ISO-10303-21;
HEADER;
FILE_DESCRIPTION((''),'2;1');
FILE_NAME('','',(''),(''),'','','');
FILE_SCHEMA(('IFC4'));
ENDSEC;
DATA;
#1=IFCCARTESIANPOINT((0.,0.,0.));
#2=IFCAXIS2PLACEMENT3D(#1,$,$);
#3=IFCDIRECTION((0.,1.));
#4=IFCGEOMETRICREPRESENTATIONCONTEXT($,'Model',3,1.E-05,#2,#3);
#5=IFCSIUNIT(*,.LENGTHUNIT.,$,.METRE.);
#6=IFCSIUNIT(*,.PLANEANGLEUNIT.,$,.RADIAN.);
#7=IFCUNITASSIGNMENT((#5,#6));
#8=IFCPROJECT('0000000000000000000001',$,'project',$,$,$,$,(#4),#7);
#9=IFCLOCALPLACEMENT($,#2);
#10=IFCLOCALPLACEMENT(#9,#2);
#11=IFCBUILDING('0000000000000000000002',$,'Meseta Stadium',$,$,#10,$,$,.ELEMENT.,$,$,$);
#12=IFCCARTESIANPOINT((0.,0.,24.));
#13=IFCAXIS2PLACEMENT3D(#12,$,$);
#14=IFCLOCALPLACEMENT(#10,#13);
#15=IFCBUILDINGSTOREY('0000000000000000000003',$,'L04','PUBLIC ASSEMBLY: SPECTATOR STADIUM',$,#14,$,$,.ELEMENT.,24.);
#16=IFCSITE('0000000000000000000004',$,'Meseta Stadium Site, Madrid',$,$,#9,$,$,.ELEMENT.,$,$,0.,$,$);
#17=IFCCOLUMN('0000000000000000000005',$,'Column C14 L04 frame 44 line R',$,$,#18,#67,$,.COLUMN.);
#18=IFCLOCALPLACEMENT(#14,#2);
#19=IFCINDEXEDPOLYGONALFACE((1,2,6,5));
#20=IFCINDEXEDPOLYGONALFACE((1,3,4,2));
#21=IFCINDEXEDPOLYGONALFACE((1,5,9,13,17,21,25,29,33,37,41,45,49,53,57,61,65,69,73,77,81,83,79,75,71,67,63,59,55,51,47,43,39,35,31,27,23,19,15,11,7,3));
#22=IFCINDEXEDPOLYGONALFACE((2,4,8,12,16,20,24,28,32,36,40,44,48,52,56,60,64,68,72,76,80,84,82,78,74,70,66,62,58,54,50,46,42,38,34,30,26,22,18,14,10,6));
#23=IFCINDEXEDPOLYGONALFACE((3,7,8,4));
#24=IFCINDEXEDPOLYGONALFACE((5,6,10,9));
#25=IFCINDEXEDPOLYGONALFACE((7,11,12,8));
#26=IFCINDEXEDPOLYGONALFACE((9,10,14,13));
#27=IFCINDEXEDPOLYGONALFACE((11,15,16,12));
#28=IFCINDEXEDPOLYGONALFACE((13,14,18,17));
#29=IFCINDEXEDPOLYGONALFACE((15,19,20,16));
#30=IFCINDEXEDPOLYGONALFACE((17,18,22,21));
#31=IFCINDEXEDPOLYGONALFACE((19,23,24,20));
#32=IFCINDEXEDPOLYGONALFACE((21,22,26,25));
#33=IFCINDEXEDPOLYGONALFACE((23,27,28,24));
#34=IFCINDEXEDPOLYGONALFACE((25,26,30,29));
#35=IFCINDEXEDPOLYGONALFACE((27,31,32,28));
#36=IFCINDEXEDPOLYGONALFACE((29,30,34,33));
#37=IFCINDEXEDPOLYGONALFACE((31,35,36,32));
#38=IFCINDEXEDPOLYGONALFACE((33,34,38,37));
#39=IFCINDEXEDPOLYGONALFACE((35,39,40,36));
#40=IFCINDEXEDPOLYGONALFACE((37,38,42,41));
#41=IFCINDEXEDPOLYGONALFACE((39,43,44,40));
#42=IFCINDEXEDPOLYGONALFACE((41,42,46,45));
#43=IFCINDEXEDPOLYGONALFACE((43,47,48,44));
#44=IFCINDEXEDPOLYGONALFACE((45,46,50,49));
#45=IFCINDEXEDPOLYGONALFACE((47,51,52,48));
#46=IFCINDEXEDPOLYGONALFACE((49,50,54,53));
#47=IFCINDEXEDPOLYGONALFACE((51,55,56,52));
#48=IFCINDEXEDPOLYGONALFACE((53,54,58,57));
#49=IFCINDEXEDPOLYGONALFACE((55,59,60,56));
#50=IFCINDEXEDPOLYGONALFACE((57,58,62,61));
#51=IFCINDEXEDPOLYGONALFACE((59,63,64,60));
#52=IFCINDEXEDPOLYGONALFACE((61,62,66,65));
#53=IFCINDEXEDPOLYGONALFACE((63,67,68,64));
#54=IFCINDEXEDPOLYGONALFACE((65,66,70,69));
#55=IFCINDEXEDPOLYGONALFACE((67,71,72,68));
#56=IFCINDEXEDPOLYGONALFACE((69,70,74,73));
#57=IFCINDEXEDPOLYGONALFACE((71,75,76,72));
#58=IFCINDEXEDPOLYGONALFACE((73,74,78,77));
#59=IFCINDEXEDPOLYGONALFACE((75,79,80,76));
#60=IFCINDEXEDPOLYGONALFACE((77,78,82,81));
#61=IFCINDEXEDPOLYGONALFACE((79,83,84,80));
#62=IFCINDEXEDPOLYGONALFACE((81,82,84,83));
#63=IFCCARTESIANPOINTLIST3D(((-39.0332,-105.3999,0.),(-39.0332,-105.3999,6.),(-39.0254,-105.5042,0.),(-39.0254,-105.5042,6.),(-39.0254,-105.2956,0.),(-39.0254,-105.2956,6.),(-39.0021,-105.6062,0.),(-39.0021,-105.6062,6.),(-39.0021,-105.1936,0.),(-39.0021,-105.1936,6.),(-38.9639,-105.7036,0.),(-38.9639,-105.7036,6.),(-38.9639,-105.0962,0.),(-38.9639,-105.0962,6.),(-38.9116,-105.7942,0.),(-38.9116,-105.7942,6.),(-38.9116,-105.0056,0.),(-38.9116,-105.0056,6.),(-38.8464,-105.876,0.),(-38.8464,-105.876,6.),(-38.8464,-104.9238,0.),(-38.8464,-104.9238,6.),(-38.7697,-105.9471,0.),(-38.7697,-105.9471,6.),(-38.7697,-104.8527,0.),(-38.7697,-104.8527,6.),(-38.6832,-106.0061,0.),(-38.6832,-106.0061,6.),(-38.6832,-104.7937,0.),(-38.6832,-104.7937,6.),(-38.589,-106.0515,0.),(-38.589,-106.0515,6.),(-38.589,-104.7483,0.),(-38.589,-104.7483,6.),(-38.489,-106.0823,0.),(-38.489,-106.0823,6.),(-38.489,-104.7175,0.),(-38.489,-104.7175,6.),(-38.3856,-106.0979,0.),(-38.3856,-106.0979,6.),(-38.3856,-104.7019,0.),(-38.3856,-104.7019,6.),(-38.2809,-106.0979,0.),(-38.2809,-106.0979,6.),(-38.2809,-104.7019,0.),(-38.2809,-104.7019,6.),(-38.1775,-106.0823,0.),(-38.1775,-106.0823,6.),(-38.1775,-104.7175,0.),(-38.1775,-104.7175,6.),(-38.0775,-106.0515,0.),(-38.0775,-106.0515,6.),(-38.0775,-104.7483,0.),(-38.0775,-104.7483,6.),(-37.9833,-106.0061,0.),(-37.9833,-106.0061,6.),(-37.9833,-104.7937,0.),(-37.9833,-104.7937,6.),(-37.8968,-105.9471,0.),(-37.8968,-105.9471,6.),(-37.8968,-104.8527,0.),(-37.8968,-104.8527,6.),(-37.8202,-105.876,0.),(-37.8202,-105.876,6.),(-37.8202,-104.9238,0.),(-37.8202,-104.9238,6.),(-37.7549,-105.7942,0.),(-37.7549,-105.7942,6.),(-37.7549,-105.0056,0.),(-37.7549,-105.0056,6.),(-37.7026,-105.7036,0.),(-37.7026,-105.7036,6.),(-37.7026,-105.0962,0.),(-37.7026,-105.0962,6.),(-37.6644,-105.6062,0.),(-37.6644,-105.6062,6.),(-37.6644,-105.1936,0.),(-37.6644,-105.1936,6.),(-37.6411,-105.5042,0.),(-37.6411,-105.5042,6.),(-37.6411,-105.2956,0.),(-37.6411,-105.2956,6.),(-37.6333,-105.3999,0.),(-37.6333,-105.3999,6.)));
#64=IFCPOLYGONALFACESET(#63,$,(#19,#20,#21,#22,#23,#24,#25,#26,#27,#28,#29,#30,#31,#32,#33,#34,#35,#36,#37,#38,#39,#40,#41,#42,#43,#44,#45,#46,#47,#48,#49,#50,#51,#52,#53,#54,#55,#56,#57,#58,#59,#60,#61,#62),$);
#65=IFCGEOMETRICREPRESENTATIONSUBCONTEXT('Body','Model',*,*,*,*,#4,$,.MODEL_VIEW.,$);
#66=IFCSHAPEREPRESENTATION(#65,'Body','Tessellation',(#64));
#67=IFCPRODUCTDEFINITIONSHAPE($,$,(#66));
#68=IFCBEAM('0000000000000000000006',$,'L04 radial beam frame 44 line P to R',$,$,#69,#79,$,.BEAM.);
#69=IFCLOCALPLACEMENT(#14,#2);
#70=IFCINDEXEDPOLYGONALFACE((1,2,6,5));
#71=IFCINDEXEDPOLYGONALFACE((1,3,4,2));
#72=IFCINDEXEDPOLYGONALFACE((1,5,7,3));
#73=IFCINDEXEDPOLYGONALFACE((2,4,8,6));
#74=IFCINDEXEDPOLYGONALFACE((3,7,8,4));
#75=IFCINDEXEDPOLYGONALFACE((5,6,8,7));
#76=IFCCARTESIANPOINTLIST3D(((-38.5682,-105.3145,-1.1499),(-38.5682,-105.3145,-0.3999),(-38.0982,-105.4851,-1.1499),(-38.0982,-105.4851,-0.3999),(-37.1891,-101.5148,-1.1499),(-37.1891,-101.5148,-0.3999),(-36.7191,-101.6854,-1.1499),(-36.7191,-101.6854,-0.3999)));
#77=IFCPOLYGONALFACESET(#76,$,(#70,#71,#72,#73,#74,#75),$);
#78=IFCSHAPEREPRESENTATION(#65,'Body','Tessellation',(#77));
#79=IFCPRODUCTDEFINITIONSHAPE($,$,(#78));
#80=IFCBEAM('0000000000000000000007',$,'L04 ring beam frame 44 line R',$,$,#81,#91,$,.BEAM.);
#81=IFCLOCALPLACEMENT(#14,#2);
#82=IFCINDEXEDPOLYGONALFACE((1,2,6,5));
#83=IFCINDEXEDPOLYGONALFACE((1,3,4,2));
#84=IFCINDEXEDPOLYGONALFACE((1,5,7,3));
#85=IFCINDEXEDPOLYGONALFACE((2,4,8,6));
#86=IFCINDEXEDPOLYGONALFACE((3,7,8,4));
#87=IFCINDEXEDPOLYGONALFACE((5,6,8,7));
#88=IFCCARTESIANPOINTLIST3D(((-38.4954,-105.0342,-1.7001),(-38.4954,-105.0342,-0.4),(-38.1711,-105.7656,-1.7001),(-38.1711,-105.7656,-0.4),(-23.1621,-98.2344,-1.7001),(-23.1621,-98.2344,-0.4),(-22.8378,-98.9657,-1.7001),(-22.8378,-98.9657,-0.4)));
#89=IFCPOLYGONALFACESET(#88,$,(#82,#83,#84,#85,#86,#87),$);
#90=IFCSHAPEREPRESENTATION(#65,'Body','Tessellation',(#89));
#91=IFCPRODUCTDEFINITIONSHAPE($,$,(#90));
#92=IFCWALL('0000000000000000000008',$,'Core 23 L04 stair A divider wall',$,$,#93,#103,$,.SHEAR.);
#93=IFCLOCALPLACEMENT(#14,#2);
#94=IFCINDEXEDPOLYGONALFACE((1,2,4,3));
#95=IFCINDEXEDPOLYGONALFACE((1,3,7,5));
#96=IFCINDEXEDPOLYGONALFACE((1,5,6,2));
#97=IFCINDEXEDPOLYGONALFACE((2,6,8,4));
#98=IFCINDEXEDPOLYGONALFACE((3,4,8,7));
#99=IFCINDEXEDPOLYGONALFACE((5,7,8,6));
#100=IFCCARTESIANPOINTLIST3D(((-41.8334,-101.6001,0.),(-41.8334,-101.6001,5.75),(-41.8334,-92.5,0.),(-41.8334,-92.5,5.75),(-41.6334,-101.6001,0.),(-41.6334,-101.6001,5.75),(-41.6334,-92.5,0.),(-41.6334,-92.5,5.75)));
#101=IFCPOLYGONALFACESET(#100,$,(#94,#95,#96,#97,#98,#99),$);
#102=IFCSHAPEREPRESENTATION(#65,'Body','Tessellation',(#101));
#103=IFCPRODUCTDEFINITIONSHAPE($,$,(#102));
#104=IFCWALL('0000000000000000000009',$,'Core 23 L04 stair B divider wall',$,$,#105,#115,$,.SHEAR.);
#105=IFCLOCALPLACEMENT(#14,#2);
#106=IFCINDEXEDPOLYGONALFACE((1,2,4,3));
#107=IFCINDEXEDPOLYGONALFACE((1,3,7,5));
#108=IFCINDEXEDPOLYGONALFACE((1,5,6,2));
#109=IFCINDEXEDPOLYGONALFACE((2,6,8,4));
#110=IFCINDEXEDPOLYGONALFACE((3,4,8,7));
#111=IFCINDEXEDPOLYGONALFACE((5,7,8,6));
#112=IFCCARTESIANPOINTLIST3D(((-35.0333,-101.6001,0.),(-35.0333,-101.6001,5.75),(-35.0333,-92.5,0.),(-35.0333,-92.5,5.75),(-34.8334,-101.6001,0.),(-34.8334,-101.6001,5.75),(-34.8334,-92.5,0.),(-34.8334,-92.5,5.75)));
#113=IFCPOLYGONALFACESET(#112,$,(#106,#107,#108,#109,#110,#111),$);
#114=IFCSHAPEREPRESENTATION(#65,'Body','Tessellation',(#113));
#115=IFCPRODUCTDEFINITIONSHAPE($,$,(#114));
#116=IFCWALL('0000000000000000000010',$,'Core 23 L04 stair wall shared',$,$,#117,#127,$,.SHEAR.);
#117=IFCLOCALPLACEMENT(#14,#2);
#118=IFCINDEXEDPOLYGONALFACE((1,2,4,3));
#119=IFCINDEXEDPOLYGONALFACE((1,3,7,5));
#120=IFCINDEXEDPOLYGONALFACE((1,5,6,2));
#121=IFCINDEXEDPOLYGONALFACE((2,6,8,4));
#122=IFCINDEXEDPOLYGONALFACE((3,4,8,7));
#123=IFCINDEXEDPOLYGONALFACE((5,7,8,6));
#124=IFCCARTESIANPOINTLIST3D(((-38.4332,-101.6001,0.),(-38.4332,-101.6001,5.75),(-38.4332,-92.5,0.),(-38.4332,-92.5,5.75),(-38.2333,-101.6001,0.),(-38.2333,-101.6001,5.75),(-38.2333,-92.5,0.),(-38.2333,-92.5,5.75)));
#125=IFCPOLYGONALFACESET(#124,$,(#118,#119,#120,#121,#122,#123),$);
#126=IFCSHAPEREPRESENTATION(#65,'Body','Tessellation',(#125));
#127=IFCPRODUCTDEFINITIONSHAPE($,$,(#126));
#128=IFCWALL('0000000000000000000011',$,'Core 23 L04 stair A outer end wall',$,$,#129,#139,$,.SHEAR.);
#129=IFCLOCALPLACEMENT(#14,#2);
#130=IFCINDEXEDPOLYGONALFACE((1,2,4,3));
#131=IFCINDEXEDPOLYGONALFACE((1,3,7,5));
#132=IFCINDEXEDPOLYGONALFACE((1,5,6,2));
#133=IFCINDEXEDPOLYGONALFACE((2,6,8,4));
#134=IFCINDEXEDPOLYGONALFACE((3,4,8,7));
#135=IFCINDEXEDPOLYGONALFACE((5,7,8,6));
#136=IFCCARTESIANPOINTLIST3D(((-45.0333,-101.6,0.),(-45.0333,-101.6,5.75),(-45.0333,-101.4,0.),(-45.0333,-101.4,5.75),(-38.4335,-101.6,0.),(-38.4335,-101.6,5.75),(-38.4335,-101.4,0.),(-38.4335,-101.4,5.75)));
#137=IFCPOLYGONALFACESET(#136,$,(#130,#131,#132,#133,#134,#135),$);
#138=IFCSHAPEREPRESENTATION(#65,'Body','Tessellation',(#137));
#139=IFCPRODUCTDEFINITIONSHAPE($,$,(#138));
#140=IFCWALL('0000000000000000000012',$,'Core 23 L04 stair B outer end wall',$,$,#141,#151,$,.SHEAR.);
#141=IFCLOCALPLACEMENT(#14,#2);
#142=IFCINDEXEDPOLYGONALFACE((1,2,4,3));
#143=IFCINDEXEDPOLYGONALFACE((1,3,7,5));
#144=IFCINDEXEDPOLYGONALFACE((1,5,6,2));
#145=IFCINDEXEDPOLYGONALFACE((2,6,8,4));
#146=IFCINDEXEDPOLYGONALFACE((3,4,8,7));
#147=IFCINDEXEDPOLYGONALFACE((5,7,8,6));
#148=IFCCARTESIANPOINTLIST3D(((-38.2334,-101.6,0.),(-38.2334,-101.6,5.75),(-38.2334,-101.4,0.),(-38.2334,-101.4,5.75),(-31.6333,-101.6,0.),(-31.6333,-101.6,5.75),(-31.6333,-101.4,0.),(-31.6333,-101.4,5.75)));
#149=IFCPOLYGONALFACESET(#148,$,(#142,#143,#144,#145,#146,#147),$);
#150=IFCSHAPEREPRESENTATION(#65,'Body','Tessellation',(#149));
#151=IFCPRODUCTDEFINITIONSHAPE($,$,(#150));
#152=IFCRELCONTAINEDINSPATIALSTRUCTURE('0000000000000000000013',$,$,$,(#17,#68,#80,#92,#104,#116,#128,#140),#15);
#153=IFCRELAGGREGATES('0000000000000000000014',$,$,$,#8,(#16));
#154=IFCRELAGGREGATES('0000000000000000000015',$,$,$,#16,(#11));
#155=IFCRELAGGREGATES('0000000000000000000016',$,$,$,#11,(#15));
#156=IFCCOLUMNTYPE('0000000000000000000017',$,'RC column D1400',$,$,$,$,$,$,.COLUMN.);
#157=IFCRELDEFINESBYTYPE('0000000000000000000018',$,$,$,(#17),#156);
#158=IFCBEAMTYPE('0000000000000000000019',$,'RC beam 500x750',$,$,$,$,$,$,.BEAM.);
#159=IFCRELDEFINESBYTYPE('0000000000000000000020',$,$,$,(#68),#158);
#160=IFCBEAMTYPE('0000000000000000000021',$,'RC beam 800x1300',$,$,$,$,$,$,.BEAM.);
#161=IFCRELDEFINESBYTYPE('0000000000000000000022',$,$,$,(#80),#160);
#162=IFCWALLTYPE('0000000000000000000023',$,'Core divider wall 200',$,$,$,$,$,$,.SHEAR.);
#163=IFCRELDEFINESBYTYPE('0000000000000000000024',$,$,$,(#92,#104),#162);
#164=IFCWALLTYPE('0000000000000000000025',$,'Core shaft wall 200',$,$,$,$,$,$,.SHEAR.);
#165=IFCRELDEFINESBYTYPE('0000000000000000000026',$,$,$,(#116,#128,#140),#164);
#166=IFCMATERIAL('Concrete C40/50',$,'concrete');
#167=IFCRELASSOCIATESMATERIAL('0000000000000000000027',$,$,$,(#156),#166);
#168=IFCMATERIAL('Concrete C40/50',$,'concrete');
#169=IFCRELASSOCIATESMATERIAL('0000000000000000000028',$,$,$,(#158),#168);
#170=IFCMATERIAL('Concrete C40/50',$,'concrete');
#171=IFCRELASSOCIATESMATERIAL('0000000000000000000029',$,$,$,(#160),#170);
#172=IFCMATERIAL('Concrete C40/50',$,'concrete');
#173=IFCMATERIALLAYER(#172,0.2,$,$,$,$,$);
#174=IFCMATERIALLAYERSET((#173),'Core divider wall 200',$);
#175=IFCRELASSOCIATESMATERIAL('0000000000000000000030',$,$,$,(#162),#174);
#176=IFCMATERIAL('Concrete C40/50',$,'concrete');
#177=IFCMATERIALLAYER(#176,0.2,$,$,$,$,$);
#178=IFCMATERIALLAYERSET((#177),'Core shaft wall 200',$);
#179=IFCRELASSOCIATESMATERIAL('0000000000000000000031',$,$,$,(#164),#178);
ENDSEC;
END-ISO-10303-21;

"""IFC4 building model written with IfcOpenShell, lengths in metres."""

from ifc_helpers import new_model, si_unit, direction, frame, frame_2d, origin, origin_2d, place, context, subcontext, project, spatial, rectangle, circle, extrude, material, layer, layer_set, material_profile, profile_set, type_object, element, save


model = new_model("IFC4")

# Units and contexts
model_context = context("Model", 3, precision=1e-05, world=origin(), true_north=direction((0.0, 1.0)))
body_context = subcontext(model_context, "Body", "Model", "MODEL_VIEW")
ifc_project = project(units=[si_unit("LENGTHUNIT", "METRE"), si_unit("PLANEANGLEUNIT", "RADIAN")], contexts=[model_context])

# Site, building, storey
site_placement = place(None, origin())
site = spatial("IfcSite", under=ifc_project, at=site_placement, Name="Meseta Stadium Site, Madrid", CompositionType="ELEMENT", RefElevation=0.0)
building_placement = place(site_placement, origin())
building = spatial("IfcBuilding", under=site, at=building_placement, Name="Meseta Stadium", CompositionType="ELEMENT")
storey_placement = place(building_placement, frame((0.0, 0.0, 24.0)))
storey = spatial("IfcBuildingStorey", under=building, at=storey_placement, Name="L04", Description="PUBLIC ASSEMBLY: SPECTATOR STADIUM", CompositionType="ELEMENT", Elevation=24.0)

# Column
ifc_material_1 = material(Name="Concrete C40/50", Category="concrete")
ifc_material_profile_1 = material_profile(ifc_material_1, circle(Radius=0.7, at=origin_2d()), Name="RC D1400")
ifc_profile_set_1 = profile_set([ifc_material_profile_1], Name="Concrete C40/50")
column_type = type_object("IfcColumnType", Name="RC column D1400", PredefinedType="COLUMN", material=ifc_profile_set_1)
column_placement = place(storey_placement, frame((-38.3333, -105.3999, 0.0), z_axis=(0.0, 0.0, 1.0), x_axis=(1.0, 0.0, 0.0)))
element("IfcColumn", 1, at=column_placement, inside=storey, type_object=column_type, Name="Column C14 L04 frame 44 line R", PredefinedType="COLUMN", context=body_context, shape_type="SweptSolid", body=[
    extrude(circle(Radius=0.7, at=origin_2d()), origin(), (0.0, 0.0, 1.0), 6.0),
])

# Beams
ifc_material_2 = material(Name="Concrete C40/50", Category="concrete")
ifc_material_profile_2 = material_profile(ifc_material_2, rectangle(XDim=0.5, YDim=0.75, at=origin_2d()), Name="RC 500x750")
ifc_profile_set_2 = profile_set([ifc_material_profile_2], Name="Concrete C40/50")
beam_type_1 = type_object("IfcBeamType", Name="RC beam 500x750", PredefinedType="BEAM", material=ifc_profile_set_2)
beam_1_placement = place(storey_placement, frame((-36.9541, -101.6001, -0.7749), z_axis=(-0.341176, -0.94, 0.0), x_axis=(0.94, -0.341176, 0.0)))
element("IfcBeam", 2, at=beam_1_placement, inside=storey, type_object=beam_type_1, Name="L04 radial beam frame 44 line P to R", PredefinedType="BEAM", context=body_context, shape_type="SweptSolid", body=[
    extrude(rectangle(XDim=0.5, YDim=0.75, at=origin_2d()), origin(), (0.0, 0.0, 1.0), 4.0422),
])
ifc_material_3 = material(Name="Concrete C40/50", Category="concrete")
ifc_material_profile_3 = material_profile(ifc_material_3, rectangle(XDim=0.8, YDim=1.3, at=origin_2d()), Name="RC 800x1300")
ifc_profile_set_3 = profile_set([ifc_material_profile_3], Name="Concrete C40/50")
beam_type_2 = type_object("IfcBeamType", Name="RC beam 800x1300", PredefinedType="BEAM", material=ifc_profile_set_3)
beam_2_placement = place(storey_placement, frame((-38.3333, -105.3999, -1.05), z_axis=(0.914143, 0.405393, 0.0), x_axis=(-0.405393, 0.914143, 0.0)))
element("IfcBeam", 3, at=beam_2_placement, inside=storey, type_object=beam_type_2, Name="L04 ring beam frame 44 line R", PredefinedType="BEAM", context=body_context, shape_type="SweptSolid", body=[
    extrude(rectangle(XDim=0.8, YDim=1.3, at=origin_2d()), origin(), (0.0, 0.0, 1.0), 16.7734),
])

# Walls
ifc_material_4 = material(Name="Concrete C40/50", Category="concrete")
ifc_layer_1 = layer(ifc_material_4, 0.2)
ifc_layer_set_1 = layer_set([ifc_layer_1], Name="Core divider wall 200")
wall_type_1 = type_object("IfcWallType", Name="Core divider wall 200", PredefinedType="SHEAR", material=ifc_layer_set_1)
for number, where, z_axis, x_axis, name in (
    (4, (-41.7334, -101.6001, 0.0), (0.0, 0.0, 1.0), (0.0, 1.0, 0.0), "Core 23 L04 stair A divider wall"),
    (5, (-34.9333, -101.6001, 0.0), (0.0, 0.0, 1.0), (0.0, 1.0, 0.0), "Core 23 L04 stair B divider wall"),
):
    element("IfcWall", number, at=place(storey_placement, frame(where, z_axis=z_axis, x_axis=x_axis)), inside=storey, type_object=wall_type_1, Name=name, PredefinedType="SHEAR", context=body_context, shape_type="SweptSolid", body=[
        extrude(rectangle(XDim=9.1001, YDim=0.2, at=frame_2d((4.55, 0.0))), origin(), (0.0, 0.0, 1.0), 5.75),
    ])
ifc_material_5 = material(Name="Concrete C40/50", Category="concrete")
ifc_layer_2 = layer(ifc_material_5, 0.2)
ifc_layer_set_2 = layer_set([ifc_layer_2], Name="Core shaft wall 200")
wall_type_2 = type_object("IfcWallType", Name="Core shaft wall 200", PredefinedType="SHEAR", material=ifc_layer_set_2)
wall_1_placement = place(storey_placement, frame((-38.3333, -101.6001, 0.0), z_axis=(0.0, 0.0, 1.0), x_axis=(0.0, 1.0, 0.0)))
element("IfcWall", 6, at=wall_1_placement, inside=storey, type_object=wall_type_2, Name="Core 23 L04 stair wall shared", PredefinedType="SHEAR", context=body_context, shape_type="SweptSolid", body=[
    extrude(rectangle(XDim=9.1001, YDim=0.2, at=frame_2d((4.55, 0.0))), origin(), (0.0, 0.0, 1.0), 5.75),
])
wall_2_placement = place(storey_placement, frame((-45.0332, -101.5, 0.0), z_axis=(0.0, 0.0, 1.0), x_axis=(1.0, 0.0, 0.0)))
element("IfcWall", 7, at=wall_2_placement, inside=storey, type_object=wall_type_2, Name="Core 23 L04 stair A outer end wall", PredefinedType="SHEAR", context=body_context, shape_type="SweptSolid", body=[
    extrude(rectangle(XDim=6.5999, YDim=0.2, at=frame_2d((3.2998, 0.0))), origin(), (0.0, 0.0, 1.0), 5.75),
])
wall_3_placement = place(storey_placement, frame((-38.2334, -101.5, 0.0), z_axis=(0.0, 0.0, 1.0), x_axis=(1.0, 0.0, 0.0)))
element("IfcWall", 8, at=wall_3_placement, inside=storey, type_object=wall_type_2, Name="Core 23 L04 stair B outer end wall", PredefinedType="SHEAR", context=body_context, shape_type="SweptSolid", body=[
    extrude(rectangle(XDim=6.6001, YDim=0.2, at=frame_2d((3.3, 0.0))), origin(), (0.0, 0.0, 1.0), 5.75),
])

save(model, "model.ifc")
